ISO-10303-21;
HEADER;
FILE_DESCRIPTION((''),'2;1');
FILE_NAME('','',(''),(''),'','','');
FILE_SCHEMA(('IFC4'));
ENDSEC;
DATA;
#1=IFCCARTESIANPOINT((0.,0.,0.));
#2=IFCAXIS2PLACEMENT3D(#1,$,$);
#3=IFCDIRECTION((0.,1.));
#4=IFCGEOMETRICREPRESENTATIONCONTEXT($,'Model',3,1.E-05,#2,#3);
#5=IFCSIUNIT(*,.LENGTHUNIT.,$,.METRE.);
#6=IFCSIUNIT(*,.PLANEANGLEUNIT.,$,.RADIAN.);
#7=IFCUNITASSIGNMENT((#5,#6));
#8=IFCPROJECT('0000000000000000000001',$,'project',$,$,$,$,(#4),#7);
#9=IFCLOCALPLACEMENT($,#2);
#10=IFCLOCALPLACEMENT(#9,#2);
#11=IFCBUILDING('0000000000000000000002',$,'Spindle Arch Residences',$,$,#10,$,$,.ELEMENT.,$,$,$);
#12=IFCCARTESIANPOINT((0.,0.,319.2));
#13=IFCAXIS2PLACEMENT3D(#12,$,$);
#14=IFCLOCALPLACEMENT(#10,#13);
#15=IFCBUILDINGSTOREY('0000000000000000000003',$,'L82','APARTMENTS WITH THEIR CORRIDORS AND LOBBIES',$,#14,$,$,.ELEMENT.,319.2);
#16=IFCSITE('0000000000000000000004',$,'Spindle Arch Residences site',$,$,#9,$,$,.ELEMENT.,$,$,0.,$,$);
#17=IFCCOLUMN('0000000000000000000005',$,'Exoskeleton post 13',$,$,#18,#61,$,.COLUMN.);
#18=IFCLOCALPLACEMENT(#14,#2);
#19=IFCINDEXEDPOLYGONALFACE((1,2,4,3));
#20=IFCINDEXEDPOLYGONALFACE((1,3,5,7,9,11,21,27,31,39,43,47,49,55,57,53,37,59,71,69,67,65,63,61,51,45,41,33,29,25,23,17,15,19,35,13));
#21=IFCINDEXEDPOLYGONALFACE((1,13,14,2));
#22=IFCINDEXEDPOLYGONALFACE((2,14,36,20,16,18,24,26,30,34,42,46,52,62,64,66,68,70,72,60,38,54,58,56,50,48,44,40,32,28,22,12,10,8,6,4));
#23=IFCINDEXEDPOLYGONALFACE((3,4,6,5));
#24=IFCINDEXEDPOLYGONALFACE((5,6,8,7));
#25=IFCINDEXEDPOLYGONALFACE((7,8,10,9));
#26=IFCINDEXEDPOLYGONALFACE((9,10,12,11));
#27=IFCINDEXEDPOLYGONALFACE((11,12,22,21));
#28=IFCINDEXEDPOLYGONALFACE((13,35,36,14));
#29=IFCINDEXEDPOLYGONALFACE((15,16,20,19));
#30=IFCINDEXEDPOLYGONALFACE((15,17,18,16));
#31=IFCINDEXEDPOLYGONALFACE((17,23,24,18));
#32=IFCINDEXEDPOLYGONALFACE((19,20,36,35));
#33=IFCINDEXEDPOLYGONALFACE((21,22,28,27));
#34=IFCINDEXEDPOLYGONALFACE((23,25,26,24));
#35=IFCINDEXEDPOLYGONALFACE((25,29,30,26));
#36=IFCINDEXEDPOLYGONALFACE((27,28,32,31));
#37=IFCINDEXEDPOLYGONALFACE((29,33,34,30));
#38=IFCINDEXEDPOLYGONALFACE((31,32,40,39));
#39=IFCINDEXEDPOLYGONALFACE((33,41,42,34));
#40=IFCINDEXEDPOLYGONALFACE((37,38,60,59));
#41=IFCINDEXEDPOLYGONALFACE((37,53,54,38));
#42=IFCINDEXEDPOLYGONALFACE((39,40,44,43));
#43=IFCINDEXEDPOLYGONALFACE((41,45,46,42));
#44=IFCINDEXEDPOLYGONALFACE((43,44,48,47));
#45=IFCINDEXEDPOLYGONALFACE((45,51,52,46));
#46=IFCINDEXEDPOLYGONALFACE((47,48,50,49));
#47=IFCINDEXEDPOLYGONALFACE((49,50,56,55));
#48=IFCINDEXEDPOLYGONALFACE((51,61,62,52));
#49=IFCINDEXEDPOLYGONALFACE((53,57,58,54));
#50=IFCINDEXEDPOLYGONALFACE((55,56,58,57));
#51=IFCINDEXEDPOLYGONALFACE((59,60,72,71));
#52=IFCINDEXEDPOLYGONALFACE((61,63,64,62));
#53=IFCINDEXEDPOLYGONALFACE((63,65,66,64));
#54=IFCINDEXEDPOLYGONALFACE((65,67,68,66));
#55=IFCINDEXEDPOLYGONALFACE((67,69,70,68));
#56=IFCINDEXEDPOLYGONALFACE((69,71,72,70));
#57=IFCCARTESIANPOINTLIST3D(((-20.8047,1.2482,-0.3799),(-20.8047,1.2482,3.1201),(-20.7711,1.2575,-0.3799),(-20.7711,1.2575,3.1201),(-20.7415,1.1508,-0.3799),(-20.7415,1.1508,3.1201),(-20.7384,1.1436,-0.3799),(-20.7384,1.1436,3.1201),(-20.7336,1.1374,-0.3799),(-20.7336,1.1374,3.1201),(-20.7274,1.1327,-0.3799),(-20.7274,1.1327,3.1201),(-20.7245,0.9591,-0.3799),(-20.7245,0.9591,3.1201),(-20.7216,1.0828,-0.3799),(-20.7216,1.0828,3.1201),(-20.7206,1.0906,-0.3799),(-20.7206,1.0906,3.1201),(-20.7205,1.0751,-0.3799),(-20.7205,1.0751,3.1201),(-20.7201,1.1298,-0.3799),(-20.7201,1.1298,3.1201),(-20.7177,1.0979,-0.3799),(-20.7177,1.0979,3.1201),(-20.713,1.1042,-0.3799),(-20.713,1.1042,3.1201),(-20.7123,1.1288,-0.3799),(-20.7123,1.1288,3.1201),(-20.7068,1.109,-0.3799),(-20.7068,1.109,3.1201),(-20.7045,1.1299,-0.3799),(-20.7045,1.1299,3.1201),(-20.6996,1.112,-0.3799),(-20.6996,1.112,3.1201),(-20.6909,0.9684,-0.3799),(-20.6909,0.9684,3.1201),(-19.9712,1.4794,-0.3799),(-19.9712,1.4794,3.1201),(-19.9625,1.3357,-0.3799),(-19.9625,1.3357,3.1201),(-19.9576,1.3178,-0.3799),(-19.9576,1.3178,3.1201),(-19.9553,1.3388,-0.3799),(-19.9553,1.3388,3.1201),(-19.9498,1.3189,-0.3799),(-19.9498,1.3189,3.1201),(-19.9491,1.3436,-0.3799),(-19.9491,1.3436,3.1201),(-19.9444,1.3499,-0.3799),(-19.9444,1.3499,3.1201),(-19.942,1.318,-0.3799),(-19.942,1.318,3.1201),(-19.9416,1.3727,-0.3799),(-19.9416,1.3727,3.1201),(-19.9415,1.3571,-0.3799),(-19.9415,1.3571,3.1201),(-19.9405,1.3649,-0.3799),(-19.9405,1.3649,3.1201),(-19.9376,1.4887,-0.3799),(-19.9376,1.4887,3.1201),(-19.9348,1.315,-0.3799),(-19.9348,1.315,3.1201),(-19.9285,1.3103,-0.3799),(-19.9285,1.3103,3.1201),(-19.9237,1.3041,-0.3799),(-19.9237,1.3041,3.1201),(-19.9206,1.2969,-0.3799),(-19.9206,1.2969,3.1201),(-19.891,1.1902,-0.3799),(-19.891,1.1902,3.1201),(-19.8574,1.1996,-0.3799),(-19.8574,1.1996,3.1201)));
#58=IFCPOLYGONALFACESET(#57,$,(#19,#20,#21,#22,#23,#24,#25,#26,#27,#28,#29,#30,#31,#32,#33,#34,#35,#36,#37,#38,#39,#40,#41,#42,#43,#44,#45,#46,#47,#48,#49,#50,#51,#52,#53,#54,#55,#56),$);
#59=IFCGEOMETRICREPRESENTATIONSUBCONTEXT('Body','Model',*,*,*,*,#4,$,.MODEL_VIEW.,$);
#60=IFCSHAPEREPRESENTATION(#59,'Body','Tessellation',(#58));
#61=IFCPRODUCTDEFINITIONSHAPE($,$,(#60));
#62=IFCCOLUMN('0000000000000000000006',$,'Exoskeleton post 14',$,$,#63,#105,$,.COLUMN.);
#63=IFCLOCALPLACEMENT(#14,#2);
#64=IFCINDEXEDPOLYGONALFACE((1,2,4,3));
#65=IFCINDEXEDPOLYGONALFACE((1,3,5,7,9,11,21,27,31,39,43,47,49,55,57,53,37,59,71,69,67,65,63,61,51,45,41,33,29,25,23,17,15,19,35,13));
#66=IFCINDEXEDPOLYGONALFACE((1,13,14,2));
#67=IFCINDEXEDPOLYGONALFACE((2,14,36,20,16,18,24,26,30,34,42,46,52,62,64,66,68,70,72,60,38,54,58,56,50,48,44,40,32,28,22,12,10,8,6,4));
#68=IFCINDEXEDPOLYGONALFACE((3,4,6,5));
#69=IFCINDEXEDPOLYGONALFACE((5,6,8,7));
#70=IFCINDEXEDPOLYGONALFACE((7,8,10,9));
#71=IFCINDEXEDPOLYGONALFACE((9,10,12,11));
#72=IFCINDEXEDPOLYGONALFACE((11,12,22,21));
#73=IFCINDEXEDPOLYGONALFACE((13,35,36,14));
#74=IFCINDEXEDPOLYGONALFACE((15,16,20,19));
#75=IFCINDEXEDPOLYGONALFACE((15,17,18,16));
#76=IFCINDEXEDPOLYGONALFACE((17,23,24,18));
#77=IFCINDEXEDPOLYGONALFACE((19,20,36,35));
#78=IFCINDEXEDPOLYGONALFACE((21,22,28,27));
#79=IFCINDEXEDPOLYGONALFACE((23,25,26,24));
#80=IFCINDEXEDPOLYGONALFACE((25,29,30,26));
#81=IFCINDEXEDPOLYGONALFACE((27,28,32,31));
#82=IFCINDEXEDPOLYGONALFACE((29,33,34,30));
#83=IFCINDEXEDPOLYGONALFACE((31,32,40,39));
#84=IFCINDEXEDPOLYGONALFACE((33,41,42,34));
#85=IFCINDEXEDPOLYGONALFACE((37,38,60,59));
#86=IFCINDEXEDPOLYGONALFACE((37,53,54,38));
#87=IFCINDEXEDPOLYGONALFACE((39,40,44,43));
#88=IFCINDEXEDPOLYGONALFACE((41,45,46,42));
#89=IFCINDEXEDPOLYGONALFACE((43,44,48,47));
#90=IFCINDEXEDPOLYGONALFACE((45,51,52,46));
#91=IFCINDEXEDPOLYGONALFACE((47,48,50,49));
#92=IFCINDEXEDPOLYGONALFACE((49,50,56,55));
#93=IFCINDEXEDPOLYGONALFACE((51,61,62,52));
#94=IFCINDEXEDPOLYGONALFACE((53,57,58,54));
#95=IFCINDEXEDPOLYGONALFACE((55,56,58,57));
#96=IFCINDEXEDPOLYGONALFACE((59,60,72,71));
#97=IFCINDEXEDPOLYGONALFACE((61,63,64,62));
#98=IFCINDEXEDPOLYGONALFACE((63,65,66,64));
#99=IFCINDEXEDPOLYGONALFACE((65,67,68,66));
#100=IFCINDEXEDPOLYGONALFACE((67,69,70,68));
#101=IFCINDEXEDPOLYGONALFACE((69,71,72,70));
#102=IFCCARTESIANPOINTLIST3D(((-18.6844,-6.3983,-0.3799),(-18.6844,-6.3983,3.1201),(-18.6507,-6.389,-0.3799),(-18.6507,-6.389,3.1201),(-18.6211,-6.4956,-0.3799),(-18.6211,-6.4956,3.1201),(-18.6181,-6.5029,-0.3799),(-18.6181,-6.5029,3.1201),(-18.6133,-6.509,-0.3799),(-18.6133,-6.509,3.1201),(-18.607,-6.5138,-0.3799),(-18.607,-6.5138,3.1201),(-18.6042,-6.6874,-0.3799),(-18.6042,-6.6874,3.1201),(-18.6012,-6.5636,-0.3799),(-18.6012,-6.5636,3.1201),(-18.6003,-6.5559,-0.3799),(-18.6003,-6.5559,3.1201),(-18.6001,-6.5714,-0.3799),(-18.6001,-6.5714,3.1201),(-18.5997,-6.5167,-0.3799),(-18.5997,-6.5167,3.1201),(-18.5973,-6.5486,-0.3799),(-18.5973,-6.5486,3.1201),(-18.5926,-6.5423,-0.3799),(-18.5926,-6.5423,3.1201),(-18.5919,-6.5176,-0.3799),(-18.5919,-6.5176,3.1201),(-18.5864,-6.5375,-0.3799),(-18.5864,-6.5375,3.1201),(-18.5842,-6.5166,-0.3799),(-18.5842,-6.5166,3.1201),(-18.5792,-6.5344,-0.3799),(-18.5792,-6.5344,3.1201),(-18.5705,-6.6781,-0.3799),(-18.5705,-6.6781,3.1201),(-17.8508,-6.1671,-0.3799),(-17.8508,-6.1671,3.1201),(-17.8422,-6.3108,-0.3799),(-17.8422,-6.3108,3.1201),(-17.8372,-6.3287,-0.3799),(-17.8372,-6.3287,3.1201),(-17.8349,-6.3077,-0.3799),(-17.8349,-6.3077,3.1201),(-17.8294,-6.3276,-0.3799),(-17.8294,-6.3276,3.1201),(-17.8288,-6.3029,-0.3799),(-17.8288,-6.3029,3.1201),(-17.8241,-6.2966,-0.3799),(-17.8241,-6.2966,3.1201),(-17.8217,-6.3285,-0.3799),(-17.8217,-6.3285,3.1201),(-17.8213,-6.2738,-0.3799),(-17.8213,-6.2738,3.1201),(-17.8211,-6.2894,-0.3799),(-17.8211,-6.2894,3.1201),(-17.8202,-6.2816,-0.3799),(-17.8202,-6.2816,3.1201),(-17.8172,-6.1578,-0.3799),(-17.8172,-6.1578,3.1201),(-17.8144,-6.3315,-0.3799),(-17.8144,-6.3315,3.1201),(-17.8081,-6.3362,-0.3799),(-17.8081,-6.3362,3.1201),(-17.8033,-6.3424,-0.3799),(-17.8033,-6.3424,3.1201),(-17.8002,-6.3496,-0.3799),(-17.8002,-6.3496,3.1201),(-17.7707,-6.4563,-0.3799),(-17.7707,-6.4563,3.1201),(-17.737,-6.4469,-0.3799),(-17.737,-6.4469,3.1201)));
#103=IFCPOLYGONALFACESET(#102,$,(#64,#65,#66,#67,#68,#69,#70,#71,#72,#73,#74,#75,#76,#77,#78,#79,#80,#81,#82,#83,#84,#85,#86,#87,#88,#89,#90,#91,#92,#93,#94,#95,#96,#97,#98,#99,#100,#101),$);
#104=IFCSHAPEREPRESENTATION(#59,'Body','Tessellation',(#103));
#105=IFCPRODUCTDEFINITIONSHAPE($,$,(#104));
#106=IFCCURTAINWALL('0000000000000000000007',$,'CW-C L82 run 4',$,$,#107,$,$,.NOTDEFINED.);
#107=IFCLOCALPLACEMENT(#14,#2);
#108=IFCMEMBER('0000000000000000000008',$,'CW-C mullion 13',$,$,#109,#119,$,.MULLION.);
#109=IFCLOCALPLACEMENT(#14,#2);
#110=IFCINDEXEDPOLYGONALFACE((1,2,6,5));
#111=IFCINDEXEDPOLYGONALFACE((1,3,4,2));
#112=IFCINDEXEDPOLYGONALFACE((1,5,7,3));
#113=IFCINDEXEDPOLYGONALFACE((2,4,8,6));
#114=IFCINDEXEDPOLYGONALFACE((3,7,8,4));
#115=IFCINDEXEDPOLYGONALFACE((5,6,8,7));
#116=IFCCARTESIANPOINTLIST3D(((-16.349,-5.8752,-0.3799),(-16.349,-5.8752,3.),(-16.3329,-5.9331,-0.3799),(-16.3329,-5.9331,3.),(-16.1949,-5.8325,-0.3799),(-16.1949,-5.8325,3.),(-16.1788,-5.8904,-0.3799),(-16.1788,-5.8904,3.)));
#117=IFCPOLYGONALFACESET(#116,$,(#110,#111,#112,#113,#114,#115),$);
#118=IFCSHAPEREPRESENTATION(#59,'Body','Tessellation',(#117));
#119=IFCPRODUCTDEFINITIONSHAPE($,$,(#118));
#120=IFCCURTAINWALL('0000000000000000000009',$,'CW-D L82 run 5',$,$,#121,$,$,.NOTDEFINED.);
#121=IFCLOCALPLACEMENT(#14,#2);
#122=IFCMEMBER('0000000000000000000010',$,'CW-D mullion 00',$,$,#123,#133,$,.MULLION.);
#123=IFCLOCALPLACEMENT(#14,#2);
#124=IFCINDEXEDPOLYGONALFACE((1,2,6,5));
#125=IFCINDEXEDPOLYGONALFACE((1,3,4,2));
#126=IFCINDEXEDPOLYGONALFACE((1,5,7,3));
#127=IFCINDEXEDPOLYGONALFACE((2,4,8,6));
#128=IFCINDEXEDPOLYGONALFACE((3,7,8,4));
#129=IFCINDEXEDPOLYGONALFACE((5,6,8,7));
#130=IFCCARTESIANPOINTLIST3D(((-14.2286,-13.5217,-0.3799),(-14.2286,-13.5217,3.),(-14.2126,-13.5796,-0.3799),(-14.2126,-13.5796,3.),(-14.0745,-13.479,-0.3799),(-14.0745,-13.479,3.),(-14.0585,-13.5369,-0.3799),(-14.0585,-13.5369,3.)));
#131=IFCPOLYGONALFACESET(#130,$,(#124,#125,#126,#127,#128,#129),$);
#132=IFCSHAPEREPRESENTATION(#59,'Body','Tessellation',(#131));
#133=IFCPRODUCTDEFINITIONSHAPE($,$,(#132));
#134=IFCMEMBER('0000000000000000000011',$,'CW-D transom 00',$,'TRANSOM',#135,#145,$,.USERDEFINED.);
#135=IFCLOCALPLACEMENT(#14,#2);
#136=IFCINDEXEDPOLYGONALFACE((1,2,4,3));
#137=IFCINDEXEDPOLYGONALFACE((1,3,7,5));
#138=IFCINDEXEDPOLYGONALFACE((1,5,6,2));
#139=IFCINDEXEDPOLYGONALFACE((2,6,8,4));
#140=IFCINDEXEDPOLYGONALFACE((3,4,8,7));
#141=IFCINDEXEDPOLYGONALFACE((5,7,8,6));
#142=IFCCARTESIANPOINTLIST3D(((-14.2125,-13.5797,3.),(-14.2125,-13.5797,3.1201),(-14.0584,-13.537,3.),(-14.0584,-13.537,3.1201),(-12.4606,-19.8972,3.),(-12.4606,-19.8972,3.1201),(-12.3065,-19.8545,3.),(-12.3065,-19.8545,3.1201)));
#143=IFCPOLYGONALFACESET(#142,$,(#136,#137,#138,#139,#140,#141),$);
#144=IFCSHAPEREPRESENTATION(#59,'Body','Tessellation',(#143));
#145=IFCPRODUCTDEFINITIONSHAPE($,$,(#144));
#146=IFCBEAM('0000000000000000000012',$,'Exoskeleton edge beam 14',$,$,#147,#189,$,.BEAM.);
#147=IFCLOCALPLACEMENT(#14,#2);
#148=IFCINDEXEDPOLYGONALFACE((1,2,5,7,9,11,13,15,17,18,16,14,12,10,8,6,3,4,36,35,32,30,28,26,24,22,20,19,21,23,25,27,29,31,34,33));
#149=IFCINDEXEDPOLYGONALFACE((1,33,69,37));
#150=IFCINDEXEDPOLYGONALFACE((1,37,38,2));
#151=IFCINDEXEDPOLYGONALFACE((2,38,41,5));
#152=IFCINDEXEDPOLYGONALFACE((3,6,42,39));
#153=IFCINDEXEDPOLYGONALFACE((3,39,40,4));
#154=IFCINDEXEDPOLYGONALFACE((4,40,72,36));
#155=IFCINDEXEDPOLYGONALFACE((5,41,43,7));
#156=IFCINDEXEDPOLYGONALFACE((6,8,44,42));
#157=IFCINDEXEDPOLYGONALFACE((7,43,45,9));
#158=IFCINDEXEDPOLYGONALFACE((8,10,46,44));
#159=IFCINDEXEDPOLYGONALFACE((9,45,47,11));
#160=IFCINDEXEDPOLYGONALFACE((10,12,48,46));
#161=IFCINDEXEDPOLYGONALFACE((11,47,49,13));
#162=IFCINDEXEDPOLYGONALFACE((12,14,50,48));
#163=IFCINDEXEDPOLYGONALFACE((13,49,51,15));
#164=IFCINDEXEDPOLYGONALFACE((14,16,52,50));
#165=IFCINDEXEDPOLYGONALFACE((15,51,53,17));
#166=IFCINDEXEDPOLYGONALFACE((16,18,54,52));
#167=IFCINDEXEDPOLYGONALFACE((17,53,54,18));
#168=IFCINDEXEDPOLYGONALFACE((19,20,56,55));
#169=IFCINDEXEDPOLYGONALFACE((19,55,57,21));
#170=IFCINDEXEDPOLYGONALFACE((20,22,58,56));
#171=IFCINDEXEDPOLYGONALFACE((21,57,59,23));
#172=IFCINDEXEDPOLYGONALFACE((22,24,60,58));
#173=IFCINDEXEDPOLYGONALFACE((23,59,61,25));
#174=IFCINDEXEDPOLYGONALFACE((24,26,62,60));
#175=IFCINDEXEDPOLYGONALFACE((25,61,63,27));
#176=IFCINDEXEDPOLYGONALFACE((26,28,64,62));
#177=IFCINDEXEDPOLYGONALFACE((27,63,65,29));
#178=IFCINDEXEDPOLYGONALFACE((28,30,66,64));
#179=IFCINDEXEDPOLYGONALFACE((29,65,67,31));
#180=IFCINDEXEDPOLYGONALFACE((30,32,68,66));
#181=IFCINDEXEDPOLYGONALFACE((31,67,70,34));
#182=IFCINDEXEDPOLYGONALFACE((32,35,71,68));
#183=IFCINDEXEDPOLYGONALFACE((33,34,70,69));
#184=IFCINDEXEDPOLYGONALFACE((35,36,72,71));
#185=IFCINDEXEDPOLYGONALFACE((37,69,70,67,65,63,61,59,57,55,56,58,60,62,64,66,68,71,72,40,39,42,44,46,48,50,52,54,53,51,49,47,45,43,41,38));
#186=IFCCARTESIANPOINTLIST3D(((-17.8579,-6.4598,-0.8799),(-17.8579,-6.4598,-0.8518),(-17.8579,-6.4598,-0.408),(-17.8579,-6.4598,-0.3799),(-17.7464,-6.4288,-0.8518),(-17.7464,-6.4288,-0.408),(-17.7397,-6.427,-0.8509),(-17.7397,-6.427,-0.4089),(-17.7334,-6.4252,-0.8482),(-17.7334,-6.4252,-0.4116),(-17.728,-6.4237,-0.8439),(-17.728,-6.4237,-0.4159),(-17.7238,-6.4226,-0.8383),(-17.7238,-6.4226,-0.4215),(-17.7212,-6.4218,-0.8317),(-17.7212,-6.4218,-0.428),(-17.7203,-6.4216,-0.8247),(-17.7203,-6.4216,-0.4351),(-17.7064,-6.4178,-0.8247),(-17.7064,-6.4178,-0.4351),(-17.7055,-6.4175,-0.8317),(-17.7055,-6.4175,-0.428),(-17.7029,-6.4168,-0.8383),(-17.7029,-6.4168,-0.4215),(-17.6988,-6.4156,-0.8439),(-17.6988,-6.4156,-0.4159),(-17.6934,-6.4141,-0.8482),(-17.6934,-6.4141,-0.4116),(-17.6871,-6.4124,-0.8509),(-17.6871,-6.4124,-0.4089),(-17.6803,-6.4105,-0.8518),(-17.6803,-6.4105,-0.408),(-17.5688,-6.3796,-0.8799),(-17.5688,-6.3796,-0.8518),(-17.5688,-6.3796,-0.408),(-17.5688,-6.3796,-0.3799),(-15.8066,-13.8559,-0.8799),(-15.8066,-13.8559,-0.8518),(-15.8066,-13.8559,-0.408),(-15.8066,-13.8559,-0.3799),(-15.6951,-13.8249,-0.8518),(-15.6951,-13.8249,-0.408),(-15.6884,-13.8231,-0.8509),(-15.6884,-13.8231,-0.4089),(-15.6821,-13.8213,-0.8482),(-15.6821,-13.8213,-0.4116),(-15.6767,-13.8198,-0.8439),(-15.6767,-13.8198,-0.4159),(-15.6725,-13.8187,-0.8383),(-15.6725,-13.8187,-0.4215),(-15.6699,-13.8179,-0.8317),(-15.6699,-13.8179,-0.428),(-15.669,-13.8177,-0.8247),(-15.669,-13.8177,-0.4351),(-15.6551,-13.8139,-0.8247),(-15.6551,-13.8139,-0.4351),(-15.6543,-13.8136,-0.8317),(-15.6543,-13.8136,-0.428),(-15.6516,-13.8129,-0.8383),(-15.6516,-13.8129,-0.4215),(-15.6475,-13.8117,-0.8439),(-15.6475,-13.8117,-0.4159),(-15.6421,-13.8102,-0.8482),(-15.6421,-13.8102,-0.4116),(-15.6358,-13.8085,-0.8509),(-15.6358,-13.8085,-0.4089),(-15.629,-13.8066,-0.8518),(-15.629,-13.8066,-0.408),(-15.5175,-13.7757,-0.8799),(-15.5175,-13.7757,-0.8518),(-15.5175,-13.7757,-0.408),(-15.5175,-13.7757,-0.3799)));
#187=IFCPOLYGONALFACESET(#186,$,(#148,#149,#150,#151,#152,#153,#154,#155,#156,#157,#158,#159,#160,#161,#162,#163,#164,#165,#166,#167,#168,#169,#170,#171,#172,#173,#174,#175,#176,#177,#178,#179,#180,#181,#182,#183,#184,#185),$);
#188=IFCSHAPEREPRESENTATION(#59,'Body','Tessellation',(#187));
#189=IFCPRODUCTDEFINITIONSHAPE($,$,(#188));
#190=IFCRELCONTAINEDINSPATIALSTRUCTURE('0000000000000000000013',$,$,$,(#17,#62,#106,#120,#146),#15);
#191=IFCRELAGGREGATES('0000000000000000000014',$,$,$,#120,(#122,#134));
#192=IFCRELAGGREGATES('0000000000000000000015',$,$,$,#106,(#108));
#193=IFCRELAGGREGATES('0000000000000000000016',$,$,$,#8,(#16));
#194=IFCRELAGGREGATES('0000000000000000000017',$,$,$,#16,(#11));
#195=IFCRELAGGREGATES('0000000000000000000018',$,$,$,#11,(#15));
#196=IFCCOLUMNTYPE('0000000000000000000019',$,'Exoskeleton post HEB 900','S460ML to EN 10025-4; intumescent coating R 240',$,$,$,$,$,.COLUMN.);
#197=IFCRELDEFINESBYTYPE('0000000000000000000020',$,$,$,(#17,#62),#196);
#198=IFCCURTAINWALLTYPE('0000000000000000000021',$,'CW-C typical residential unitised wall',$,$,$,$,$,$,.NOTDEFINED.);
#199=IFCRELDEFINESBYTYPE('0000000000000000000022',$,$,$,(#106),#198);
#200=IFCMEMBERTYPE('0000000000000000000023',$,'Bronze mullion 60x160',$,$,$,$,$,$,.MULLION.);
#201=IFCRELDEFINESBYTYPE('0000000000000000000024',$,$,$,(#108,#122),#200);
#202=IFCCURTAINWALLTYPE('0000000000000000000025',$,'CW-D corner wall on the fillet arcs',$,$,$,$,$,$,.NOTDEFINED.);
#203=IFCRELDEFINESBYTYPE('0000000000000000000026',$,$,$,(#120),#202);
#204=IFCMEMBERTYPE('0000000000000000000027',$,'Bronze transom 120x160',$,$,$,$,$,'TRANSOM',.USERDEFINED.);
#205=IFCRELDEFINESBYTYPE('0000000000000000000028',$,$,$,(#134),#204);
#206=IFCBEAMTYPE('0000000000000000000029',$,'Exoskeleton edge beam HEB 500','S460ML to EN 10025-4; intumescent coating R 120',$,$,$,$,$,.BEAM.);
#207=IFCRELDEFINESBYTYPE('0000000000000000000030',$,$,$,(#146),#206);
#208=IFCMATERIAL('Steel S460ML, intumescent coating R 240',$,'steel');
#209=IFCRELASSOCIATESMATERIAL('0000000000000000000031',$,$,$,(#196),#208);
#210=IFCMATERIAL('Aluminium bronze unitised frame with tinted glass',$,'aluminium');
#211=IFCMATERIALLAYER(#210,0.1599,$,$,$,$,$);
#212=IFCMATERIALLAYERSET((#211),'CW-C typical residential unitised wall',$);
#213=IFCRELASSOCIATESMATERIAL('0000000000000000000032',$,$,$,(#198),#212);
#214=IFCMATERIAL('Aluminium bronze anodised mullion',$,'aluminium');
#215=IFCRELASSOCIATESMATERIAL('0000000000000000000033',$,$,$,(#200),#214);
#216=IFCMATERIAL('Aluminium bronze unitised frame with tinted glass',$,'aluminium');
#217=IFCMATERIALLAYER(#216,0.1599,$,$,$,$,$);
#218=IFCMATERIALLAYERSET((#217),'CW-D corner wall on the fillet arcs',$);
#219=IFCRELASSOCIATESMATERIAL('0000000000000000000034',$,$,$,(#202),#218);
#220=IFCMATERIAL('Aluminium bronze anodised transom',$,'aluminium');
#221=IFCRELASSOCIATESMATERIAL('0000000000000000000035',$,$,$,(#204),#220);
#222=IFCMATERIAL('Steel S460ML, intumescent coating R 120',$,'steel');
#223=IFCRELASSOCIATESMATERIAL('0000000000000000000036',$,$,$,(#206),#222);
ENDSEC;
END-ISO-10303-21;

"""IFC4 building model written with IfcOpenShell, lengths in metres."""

from ifc_helpers import new_model, si_unit, direction, frame, origin, origin_2d, place, context, subcontext, project, spatial, rectangle, i_section, extrude, material, layer, layer_set, material_profile, profile_set, type_object, element, aggregate, save


model = new_model("IFC4")

# Units and contexts
model_context = context("Model", 3, precision=1e-05, world=origin(), true_north=direction((0.0, 1.0)))
body_context = subcontext(model_context, "Body", "Model", "MODEL_VIEW")
ifc_project = project(units=[si_unit("LENGTHUNIT", "METRE"), si_unit("PLANEANGLEUNIT", "RADIAN")], contexts=[model_context])

# Site, building, storey
site_placement = place(None, origin())
site = spatial("IfcSite", under=ifc_project, at=site_placement, Name="Spindle Arch Residences site", CompositionType="ELEMENT", RefElevation=0.0)
building_placement = place(site_placement, origin())
building = spatial("IfcBuilding", under=site, at=building_placement, Name="Spindle Arch Residences", CompositionType="ELEMENT")
storey_placement = place(building_placement, frame((0.0, 0.0, 319.2)))
storey = spatial("IfcBuildingStorey", under=building, at=storey_placement, Name="L82", Description="APARTMENTS WITH THEIR CORRIDORS AND LOBBIES", CompositionType="ELEMENT", Elevation=319.2)

# Columns
ifc_material_1 = material(Name="Steel S460ML, intumescent coating R 240", Category="steel")
ifc_material_profile_1 = material_profile(ifc_material_1, i_section(OverallWidth=0.3, OverallDepth=0.8999, WebThickness=0.0186, FlangeThickness=0.0349, FilletRadius=0.03, at=origin_2d()), Name="HEB 900")
ifc_profile_set_1 = profile_set([ifc_material_profile_1], Name="Steel S460ML, intumescent coating R 240")
column_type = type_object("IfcColumnType", Name="Exoskeleton post HEB 900", Description="S460ML to EN 10025-4; intumescent coating R 240", PredefinedType="COLUMN", material=ifc_profile_set_1)
for number, where, z_axis, x_axis, name in (
    (1, (-20.3311, 1.2239, -0.3799), (0.0, 0.0, 1.0), (-0.267238, 0.963631, 0.0), "Exoskeleton post 13"),
    (2, (-18.2107, -6.4226, -0.3799), (0.0, 0.0, 1.0), (-0.267238, 0.963631, 0.0), "Exoskeleton post 14"),
):
    element("IfcColumn", number, at=place(storey_placement, frame(where, z_axis=z_axis, x_axis=x_axis)), inside=storey, type_object=column_type, Name=name, PredefinedType="COLUMN", context=body_context, shape_type="SweptSolid", body=[
        extrude(i_section(OverallWidth=0.3, OverallDepth=0.8999, WebThickness=0.0186, FlangeThickness=0.0349, FilletRadius=0.03, at=origin_2d()), origin(), (0.0, 0.0, 1.0), 3.5),
    ])

# Curtain wall, member
ifc_material_2 = material(Name="Aluminium bronze unitised frame with tinted glass", Category="aluminium")
ifc_layer_1 = layer(ifc_material_2, 0.1599)
ifc_layer_set_1 = layer_set([ifc_layer_1], Name="CW-C typical residential unitised wall")
curtain_wall_type_1 = type_object("IfcCurtainWallType", Name="CW-C typical residential unitised wall", PredefinedType="NOTDEFINED", material=ifc_layer_set_1)
curtain_wall_1_placement = place(storey_placement, origin())
curtain_wall_1 = element("IfcCurtainWall", 3, at=curtain_wall_1_placement, inside=storey, type_object=curtain_wall_type_1, Name="CW-C L82 run 4", PredefinedType="NOTDEFINED")
ifc_material_3 = material(Name="Aluminium bronze anodised mullion", Category="aluminium")
ifc_material_profile_2 = material_profile(ifc_material_3, rectangle(XDim=0.1599, YDim=0.0601, at=origin_2d()), Name="MU 60x160")
ifc_profile_set_2 = profile_set([ifc_material_profile_2], Name="Aluminium bronze anodised mullion")
member_type_1 = type_object("IfcMemberType", Name="Bronze mullion 60x160", PredefinedType="MULLION", material=ifc_profile_set_2)
member_1_placement = place(storey_placement, frame((-16.2639, -5.8828, -0.3799), z_axis=(0.0, 0.0, 1.0), x_axis=(0.96363, 0.267238, 0.0)))
member_1 = element("IfcMember", 4, at=member_1_placement, type_object=member_type_1, Name="CW-C mullion 13", PredefinedType="MULLION", context=body_context, shape_type="SweptSolid", body=[
    extrude(rectangle(XDim=0.1599, YDim=0.0601, at=origin_2d()), origin(), (0.0, 0.0, 1.0), 3.3799),
])

# Curtain wall, members
ifc_material_4 = material(Name="Aluminium bronze unitised frame with tinted glass", Category="aluminium")
ifc_layer_2 = layer(ifc_material_4, 0.1599)
ifc_layer_set_2 = layer_set([ifc_layer_2], Name="CW-D corner wall on the fillet arcs")
curtain_wall_type_2 = type_object("IfcCurtainWallType", Name="CW-D corner wall on the fillet arcs", PredefinedType="NOTDEFINED", material=ifc_layer_set_2)
curtain_wall_2_placement = place(storey_placement, origin())
curtain_wall_2 = element("IfcCurtainWall", 5, at=curtain_wall_2_placement, inside=storey, type_object=curtain_wall_type_2, Name="CW-D L82 run 5", PredefinedType="NOTDEFINED")
member_2_placement = place(storey_placement, frame((-14.1436, -13.5293, -0.3799), z_axis=(0.0, 0.0, 1.0), x_axis=(0.96363, 0.267238, 0.0)))
member_2 = element("IfcMember", 6, at=member_2_placement, type_object=member_type_1, Name="CW-D mullion 00", PredefinedType="MULLION", context=body_context, shape_type="SweptSolid", body=[
    extrude(rectangle(XDim=0.1599, YDim=0.0601, at=origin_2d()), origin(), (0.0, 0.0, 1.0), 3.3799),
])
ifc_material_5 = material(Name="Aluminium bronze anodised transom", Category="aluminium")
ifc_material_profile_3 = material_profile(ifc_material_5, rectangle(XDim=0.1599, YDim=0.1201, at=origin_2d()), Name="TR 120x160")
ifc_profile_set_3 = profile_set([ifc_material_profile_3], Name="Aluminium bronze anodised transom")
member_type_2 = type_object("IfcMemberType", Name="Bronze transom 120x160", ElementType="TRANSOM", PredefinedType="USERDEFINED", material=ifc_profile_set_3)
member_3_placement = place(storey_placement, frame((-14.1355, -13.5583, 3.0601), z_axis=(0.267237, -0.963631, 0.0), x_axis=(0.963631, 0.267237, 0.0)))
member_3 = element("IfcMember", 7, at=member_3_placement, type_object=member_type_2, Name="CW-D transom 00", ObjectType="TRANSOM", PredefinedType="USERDEFINED", context=body_context, shape_type="SweptSolid", body=[
    extrude(rectangle(XDim=0.1599, YDim=0.1201, at=origin_2d()), origin(), (0.0, 0.0, 1.0), 6.5559),
])
aggregate(curtain_wall_2, [member_2, member_3])

# Beam
ifc_material_6 = material(Name="Steel S460ML, intumescent coating R 120", Category="steel")
ifc_material_profile_4 = material_profile(ifc_material_6, i_section(OverallWidth=0.3, OverallDepth=0.5, WebThickness=0.0144, FlangeThickness=0.0281, FilletRadius=0.0271, at=origin_2d()), Name="HEB 500")
ifc_profile_set_4 = profile_set([ifc_material_profile_4], Name="Steel S460ML, intumescent coating R 120")
beam_type_1 = type_object("IfcBeamType", Name="Exoskeleton edge beam HEB 500", Description="S460ML to EN 10025-4; intumescent coating R 120", PredefinedType="BEAM", material=ifc_profile_set_4)
beam_placement = place(storey_placement, frame((-17.7134, -6.4197, -0.6299), z_axis=(0.26726, -0.963624, 0.0), x_axis=(0.963624, 0.26726, 0.0)))
element("IfcBeam", 8, at=beam_placement, inside=storey, type_object=beam_type_1, Name="Exoskeleton edge beam 14", PredefinedType="BEAM", context=body_context, shape_type="SweptSolid", body=[
    extrude(i_section(OverallWidth=0.3, OverallDepth=0.5, WebThickness=0.0144, FlangeThickness=0.0281, FilletRadius=0.0271, at=origin_2d()), origin(), (0.0, 0.0, 1.0), 7.6753),
])

aggregate(curtain_wall_1, [member_1])

save(model, "model.ifc")
